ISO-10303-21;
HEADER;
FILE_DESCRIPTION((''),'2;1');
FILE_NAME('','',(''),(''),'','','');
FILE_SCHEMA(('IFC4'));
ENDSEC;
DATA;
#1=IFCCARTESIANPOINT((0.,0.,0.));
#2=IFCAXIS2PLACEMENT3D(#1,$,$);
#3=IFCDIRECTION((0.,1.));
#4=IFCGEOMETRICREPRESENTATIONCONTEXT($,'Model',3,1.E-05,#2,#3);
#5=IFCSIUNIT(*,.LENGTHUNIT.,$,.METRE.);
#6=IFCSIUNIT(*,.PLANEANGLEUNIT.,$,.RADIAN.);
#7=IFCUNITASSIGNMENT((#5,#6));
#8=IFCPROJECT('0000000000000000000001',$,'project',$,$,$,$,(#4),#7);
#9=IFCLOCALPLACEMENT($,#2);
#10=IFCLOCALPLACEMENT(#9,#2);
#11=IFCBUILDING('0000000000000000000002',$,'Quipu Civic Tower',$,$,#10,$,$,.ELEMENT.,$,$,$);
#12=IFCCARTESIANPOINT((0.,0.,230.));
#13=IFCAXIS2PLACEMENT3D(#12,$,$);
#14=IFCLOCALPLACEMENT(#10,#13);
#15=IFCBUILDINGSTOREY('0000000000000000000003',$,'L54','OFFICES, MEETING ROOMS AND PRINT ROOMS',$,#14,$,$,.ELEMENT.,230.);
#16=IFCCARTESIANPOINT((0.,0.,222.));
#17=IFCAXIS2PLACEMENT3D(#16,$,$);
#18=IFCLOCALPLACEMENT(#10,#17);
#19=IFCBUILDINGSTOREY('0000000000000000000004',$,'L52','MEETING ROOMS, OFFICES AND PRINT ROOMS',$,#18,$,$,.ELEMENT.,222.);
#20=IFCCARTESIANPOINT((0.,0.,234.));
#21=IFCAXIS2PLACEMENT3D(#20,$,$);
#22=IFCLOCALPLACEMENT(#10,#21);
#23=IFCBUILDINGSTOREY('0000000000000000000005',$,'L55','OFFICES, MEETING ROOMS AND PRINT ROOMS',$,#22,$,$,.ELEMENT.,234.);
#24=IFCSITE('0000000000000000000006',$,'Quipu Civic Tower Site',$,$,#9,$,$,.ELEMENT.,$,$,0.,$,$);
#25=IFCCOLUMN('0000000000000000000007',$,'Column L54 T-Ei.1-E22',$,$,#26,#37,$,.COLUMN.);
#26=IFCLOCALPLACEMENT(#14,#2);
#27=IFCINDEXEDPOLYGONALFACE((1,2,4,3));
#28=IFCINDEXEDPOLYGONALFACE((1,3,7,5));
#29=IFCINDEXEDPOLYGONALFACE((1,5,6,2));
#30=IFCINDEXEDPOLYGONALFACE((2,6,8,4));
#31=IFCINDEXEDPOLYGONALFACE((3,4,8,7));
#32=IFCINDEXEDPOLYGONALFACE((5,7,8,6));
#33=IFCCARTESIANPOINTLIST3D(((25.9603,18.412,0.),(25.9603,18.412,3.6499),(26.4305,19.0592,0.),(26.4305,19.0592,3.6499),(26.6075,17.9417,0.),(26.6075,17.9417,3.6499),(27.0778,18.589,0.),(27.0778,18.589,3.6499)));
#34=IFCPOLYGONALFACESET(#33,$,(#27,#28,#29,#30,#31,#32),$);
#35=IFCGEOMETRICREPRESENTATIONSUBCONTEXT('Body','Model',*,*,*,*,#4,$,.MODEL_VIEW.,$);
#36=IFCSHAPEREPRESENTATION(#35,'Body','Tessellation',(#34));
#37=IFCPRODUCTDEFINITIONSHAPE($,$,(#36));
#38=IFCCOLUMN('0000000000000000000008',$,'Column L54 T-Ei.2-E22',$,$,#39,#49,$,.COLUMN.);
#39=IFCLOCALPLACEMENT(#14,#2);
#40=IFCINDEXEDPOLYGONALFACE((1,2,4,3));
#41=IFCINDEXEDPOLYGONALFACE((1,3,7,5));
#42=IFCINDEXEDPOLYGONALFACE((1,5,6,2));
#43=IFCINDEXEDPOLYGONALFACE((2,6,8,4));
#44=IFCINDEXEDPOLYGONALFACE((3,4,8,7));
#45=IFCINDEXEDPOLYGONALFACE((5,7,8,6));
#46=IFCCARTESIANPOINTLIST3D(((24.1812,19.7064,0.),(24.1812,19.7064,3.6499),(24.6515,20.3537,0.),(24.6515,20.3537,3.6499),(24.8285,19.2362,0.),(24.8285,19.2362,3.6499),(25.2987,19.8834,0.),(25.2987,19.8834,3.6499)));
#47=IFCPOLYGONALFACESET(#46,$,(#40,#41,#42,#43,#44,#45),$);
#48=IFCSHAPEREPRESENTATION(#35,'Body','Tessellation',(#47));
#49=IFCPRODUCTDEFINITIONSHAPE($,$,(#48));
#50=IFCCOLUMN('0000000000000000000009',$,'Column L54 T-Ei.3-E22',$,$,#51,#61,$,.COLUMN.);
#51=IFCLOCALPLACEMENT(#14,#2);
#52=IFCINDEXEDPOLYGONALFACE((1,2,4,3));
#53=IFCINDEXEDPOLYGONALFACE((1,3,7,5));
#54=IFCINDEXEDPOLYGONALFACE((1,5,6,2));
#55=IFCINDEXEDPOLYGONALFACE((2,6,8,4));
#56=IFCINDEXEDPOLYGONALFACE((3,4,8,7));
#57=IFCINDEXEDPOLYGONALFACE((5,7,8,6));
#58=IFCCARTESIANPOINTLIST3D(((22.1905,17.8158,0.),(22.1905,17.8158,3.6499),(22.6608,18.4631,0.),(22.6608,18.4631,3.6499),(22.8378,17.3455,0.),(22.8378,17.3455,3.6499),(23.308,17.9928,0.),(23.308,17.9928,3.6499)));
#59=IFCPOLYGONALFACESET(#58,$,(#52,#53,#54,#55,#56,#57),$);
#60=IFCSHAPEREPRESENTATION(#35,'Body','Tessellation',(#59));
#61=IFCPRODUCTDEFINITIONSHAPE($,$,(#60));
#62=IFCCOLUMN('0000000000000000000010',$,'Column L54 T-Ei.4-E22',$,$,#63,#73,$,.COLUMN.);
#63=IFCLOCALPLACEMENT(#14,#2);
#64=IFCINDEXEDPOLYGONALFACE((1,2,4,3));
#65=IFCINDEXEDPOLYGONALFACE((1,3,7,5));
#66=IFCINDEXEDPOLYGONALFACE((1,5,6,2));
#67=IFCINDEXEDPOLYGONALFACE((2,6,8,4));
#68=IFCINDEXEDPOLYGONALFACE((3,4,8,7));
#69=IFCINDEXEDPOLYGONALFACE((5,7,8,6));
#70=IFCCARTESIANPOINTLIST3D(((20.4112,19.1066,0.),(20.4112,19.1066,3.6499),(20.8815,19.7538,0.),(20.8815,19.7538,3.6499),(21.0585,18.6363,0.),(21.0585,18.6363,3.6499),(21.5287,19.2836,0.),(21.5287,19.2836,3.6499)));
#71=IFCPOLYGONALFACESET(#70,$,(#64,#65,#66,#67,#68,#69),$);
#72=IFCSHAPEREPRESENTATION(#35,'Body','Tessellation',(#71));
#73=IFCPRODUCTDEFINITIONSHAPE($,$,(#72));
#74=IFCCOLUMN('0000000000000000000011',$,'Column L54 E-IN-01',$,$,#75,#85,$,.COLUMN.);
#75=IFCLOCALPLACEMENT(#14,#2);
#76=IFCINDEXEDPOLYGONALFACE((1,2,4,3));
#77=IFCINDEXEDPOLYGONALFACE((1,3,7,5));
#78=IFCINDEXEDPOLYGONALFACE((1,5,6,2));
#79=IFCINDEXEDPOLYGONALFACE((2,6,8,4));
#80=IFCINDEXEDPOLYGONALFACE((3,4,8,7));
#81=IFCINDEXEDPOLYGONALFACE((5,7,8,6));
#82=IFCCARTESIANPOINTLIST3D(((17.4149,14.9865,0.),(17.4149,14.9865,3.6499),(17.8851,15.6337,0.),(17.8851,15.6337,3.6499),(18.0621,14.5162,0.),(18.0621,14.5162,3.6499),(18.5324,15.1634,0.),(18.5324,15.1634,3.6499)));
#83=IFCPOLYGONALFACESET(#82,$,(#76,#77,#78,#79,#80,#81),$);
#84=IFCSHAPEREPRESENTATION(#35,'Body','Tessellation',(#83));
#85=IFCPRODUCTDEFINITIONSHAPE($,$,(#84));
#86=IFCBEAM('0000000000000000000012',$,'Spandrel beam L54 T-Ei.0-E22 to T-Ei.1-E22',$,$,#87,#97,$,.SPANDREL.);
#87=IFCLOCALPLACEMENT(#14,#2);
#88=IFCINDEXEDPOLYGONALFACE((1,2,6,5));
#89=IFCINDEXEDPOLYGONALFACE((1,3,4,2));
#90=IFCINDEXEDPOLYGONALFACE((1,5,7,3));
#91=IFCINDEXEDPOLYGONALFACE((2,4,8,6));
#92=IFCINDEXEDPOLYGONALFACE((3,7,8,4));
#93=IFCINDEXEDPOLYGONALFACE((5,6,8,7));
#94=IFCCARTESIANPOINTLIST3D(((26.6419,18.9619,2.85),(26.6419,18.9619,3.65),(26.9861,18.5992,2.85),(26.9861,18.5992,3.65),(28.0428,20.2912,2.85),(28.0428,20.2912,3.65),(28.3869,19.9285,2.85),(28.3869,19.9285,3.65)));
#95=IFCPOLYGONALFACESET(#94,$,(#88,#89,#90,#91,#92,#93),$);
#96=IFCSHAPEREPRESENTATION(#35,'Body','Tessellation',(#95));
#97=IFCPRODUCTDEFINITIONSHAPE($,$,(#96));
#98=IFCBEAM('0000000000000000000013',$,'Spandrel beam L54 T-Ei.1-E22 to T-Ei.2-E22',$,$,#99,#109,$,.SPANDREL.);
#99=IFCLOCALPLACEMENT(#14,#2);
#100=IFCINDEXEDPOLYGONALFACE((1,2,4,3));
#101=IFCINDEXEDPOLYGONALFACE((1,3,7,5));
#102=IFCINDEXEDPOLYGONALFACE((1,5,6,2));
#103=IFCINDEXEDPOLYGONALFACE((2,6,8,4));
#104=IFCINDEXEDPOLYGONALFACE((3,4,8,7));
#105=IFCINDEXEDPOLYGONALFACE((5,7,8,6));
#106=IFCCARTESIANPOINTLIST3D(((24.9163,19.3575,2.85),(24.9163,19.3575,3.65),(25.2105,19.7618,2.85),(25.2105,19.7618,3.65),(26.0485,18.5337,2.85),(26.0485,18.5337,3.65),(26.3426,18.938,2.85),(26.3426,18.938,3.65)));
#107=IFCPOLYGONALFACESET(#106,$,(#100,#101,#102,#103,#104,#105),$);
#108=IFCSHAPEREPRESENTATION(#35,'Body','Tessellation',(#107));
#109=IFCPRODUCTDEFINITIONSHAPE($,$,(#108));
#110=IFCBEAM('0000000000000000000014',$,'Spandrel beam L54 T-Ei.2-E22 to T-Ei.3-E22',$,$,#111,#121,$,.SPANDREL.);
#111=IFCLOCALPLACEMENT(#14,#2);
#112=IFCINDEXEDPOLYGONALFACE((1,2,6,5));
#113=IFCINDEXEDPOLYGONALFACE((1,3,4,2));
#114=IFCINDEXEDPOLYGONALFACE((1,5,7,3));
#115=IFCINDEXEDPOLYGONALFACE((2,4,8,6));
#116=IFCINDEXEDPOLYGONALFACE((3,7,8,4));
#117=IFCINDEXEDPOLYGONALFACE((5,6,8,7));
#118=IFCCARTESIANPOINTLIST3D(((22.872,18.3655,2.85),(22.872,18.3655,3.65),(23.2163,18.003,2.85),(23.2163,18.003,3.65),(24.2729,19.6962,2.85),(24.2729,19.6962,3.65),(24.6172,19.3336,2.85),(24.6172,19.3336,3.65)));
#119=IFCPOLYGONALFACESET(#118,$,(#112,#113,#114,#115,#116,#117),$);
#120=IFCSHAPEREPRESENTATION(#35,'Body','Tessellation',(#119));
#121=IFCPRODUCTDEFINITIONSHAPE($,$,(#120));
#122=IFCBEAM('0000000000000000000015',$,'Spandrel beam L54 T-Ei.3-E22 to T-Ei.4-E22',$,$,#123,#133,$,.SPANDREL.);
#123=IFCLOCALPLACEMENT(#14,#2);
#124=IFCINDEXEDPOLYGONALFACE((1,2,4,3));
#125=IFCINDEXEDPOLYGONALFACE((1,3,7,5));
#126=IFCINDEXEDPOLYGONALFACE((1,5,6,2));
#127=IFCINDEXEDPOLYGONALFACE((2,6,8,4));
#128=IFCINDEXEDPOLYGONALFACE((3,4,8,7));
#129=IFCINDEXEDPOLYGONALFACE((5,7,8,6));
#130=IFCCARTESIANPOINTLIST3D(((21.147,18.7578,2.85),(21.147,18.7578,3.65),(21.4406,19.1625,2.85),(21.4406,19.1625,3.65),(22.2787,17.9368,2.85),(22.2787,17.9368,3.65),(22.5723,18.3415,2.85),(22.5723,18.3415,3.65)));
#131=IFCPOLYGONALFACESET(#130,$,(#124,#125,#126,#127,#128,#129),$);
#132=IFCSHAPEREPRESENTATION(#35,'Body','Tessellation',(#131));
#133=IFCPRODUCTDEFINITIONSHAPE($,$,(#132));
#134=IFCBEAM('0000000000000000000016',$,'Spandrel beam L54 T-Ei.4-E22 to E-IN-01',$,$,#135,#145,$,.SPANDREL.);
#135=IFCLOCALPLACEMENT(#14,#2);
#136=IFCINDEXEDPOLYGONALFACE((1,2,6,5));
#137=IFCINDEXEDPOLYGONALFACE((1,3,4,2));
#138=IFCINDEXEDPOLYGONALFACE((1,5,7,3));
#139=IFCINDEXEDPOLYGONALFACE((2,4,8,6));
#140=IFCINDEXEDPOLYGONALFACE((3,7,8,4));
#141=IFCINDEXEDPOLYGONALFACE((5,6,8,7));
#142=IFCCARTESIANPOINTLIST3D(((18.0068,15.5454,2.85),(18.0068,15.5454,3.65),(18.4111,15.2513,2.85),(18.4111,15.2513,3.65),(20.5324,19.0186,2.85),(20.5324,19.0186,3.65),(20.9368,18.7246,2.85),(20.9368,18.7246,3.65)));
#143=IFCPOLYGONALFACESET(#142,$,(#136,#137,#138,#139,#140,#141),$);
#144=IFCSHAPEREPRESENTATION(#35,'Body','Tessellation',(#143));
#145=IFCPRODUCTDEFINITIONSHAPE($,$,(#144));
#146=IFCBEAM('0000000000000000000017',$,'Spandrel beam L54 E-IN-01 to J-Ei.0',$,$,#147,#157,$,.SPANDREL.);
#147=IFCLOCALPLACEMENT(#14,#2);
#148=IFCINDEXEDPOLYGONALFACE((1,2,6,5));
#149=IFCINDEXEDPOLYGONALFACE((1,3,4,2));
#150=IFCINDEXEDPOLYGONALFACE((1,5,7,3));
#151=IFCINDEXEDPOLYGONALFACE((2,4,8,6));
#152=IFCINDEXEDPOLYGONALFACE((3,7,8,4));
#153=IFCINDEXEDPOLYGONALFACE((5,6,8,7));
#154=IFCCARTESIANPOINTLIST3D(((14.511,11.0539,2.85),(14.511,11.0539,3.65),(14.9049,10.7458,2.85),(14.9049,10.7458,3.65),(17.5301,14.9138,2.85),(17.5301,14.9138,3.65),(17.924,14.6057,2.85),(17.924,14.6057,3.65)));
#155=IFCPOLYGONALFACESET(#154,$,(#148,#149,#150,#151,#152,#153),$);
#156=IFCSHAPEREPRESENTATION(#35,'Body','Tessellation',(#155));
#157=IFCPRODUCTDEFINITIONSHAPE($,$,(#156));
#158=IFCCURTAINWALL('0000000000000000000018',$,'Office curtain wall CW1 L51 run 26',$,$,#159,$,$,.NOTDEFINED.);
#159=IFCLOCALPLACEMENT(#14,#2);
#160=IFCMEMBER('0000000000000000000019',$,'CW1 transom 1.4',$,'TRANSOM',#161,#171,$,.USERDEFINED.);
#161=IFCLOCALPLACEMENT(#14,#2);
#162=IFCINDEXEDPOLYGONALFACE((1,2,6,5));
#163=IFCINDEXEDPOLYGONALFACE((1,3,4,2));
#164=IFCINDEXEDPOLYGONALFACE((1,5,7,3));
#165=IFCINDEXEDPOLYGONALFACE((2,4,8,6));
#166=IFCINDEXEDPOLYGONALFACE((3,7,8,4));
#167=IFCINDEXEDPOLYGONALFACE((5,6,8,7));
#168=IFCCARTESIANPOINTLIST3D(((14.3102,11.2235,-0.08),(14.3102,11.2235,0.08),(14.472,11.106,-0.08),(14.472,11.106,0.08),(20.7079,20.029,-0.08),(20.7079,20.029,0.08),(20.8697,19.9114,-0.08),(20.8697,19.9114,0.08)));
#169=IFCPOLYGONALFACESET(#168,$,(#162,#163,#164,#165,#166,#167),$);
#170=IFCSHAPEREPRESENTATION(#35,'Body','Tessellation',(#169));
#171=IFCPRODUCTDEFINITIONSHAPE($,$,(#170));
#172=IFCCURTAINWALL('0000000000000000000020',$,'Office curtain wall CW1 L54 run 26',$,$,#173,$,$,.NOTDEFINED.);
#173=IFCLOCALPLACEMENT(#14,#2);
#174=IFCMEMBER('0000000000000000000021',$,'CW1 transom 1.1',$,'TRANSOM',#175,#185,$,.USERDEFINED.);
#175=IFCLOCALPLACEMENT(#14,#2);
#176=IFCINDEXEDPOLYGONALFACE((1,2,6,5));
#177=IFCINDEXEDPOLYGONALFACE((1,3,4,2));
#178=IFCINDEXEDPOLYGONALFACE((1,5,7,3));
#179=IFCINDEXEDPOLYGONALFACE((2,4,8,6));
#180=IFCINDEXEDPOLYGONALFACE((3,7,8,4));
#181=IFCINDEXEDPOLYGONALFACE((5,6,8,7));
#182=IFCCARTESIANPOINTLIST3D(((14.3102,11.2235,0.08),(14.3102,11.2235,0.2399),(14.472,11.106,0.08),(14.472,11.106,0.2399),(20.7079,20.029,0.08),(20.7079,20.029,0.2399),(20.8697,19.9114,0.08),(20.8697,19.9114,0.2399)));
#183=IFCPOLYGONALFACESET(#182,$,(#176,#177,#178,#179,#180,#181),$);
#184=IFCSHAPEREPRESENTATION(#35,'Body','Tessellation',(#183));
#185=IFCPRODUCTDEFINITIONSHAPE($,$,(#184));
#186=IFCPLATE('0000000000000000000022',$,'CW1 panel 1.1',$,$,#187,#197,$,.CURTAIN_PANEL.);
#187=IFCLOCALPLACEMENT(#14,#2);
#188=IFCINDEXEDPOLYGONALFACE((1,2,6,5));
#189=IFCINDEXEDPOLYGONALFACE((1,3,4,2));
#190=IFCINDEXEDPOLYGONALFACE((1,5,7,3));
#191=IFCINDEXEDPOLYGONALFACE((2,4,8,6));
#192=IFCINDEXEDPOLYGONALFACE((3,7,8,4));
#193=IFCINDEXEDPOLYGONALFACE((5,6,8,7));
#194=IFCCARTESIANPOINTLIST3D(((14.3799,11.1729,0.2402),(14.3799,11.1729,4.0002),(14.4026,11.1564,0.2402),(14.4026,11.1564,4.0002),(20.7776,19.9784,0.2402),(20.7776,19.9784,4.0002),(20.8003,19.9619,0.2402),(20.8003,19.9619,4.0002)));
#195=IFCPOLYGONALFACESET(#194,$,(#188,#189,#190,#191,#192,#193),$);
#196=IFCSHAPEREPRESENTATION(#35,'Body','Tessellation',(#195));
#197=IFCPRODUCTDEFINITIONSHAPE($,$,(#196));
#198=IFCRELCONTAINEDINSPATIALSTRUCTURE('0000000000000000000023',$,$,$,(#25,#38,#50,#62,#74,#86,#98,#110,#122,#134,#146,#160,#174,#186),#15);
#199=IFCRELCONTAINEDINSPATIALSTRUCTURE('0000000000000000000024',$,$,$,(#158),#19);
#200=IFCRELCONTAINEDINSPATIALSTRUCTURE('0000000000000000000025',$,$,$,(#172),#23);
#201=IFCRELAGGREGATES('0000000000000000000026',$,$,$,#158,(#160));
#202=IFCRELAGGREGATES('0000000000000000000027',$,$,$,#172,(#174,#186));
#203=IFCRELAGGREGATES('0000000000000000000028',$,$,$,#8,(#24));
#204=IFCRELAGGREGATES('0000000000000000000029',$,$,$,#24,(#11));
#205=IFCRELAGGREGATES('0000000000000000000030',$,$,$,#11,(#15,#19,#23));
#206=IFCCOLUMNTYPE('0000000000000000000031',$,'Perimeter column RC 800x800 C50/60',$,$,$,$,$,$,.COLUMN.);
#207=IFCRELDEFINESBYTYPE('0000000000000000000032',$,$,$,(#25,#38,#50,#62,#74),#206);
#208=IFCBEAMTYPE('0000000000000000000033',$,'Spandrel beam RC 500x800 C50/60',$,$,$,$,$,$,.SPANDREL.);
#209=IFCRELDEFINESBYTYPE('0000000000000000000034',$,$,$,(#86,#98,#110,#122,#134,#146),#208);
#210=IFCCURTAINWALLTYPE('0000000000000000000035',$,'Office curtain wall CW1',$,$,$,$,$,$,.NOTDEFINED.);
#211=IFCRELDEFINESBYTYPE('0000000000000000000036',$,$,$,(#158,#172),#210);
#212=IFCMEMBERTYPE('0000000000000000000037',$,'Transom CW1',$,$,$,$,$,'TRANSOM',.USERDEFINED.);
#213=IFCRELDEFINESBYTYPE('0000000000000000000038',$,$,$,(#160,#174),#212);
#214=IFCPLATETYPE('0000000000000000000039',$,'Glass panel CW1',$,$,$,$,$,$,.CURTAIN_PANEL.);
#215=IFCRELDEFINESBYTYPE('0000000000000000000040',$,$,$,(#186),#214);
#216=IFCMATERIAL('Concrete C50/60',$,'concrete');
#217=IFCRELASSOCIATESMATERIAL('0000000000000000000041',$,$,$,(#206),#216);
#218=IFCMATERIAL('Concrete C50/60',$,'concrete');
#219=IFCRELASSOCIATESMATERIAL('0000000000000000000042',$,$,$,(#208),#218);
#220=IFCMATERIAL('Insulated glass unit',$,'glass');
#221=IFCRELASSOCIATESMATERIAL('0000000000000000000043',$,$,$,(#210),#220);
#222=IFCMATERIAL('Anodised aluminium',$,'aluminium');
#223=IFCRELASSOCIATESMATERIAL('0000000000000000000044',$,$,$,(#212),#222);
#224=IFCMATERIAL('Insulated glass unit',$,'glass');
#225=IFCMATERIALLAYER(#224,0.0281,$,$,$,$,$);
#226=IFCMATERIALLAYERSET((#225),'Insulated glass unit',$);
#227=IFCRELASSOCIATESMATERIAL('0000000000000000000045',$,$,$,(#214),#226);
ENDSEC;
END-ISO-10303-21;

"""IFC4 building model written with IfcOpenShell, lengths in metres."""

from ifc_helpers import new_model, si_unit, direction, frame, origin, origin_2d, place, context, subcontext, project, spatial, rectangle, extrude, material, layer, layer_set, material_profile, profile_set, type_object, element, aggregate, save


model = new_model("IFC4")

# Units and contexts
model_context = context("Model", 3, precision=1e-05, world=origin(), true_north=direction((0.0, 1.0)))
body_context = subcontext(model_context, "Body", "Model", "MODEL_VIEW")
ifc_project = project(units=[si_unit("LENGTHUNIT", "METRE"), si_unit("PLANEANGLEUNIT", "RADIAN")], contexts=[model_context])

# Site, building, storey
site_placement = place(None, origin())
site = spatial("IfcSite", under=ifc_project, at=site_placement, Name="Quipu Civic Tower Site", CompositionType="ELEMENT", RefElevation=0.0)
building_placement = place(site_placement, origin())
building = spatial("IfcBuilding", under=site, at=building_placement, Name="Quipu Civic Tower", CompositionType="ELEMENT")
storey_1_placement = place(building_placement, frame((0.0, 0.0, 230.0)))
storey_1 = spatial("IfcBuildingStorey", under=building, at=storey_1_placement, Name="L54", Description="OFFICES, MEETING ROOMS AND PRINT ROOMS", CompositionType="ELEMENT", Elevation=230.0)

# Columns
ifc_material_1 = material(Name="Concrete C50/60", Category="concrete")
ifc_material_profile_1 = material_profile(ifc_material_1, rectangle(XDim=0.8, YDim=0.8, at=origin_2d()), Name="RC800x800")
ifc_profile_set_1 = profile_set([ifc_material_profile_1], Name="Concrete C50/60")
column_type = type_object("IfcColumnType", Name="Perimeter column RC 800x800 C50/60", PredefinedType="COLUMN", material=ifc_profile_set_1)
for number, where, z_axis, x_axis, name in (
    (1, (26.519, 18.5005, 0.0), (0.0, 0.0, 1.0), (-0.809017, 0.587785, 0.0), "Column L54 T-Ei.1-E22"),
    (2, (24.74, 19.7949, 0.0), (0.0, 0.0, 1.0), (-0.587785, -0.809017, 0.0), "Column L54 T-Ei.2-E22"),
    (3, (22.7493, 17.9043, 0.0), (0.0, 0.0, 1.0), (-0.587785, -0.809017, 0.0), "Column L54 T-Ei.3-E22"),
    (4, (20.97, 19.1951, 0.0), (0.0, 0.0, 1.0), (-0.587785, -0.809017, 0.0), "Column L54 T-Ei.4-E22"),
    (5, (17.9736, 15.075, 0.0), (0.0, 0.0, 1.0), (-0.587785, -0.809017, 0.0), "Column L54 E-IN-01"),
):
    element("IfcColumn", number, at=place(storey_1_placement, frame(where, z_axis=z_axis, x_axis=x_axis)), inside=storey_1, type_object=column_type, Name=name, PredefinedType="COLUMN", context=body_context, shape_type="SweptSolid", body=[
        extrude(rectangle(XDim=0.8, YDim=0.8, at=origin_2d()), origin(), (0.0, 0.0, 1.0), 3.6499),
    ])

# Beams
ifc_material_2 = material(Name="Concrete C50/60", Category="concrete")
ifc_material_profile_2 = material_profile(ifc_material_2, rectangle(XDim=0.5, YDim=0.8, at=origin_2d()), Name="RC500x800")
ifc_profile_set_2 = profile_set([ifc_material_profile_2], Name="Concrete C50/60")
beam_type = type_object("IfcBeamType", Name="Spandrel beam RC 500x800 C50/60", PredefinedType="SPANDREL", material=ifc_profile_set_2)
beam_1_placement = place(storey_1_placement, frame((28.2148, 20.1099, 3.25), z_axis=(-0.725384, -0.688344, 0.0), x_axis=(0.688344, -0.725384, 0.0)))
element("IfcBeam", 6, at=beam_1_placement, inside=storey_1, type_object=beam_type, Name="Spandrel beam L54 T-Ei.0-E22 to T-Ei.1-E22", PredefinedType="SPANDREL", context=body_context, shape_type="SweptSolid", body=[
    extrude(rectangle(XDim=0.5, YDim=0.8, at=origin_2d()), origin(), (0.0, 0.0, 1.0), 1.9312),
])
beam_2_placement = place(storey_1_placement, frame((26.1956, 18.7358, 3.25), z_axis=(-0.8086, 0.588358, 0.0), x_axis=(-0.588358, -0.8086, 0.0)))
element("IfcBeam", 7, at=beam_2_placement, inside=storey_1, type_object=beam_type, Name="Spandrel beam L54 T-Ei.1-E22 to T-Ei.2-E22", PredefinedType="SPANDREL", context=body_context, shape_type="SweptSolid", body=[
    extrude(rectangle(XDim=0.5, YDim=0.8, at=origin_2d()), origin(), (0.0, 0.0, 1.0), 1.4001),
])
beam_3_placement = place(storey_1_placement, frame((24.4451, 19.5149, 3.25), z_axis=(-0.725069, -0.688676, 0.0), x_axis=(0.688676, -0.725069, 0.0)))
element("IfcBeam", 8, at=beam_3_placement, inside=storey_1, type_object=beam_type, Name="Spandrel beam L54 T-Ei.2-E22 to T-Ei.3-E22", PredefinedType="SPANDREL", context=body_context, shape_type="SweptSolid", body=[
    extrude(rectangle(XDim=0.5, YDim=0.8, at=origin_2d()), origin(), (0.0, 0.0, 1.0), 1.9321),
])
beam_4_placement = place(storey_1_placement, frame((22.4255, 18.1392, 3.25), z_axis=(-0.809453, 0.587185, 0.0), x_axis=(-0.587185, -0.809453, 0.0)))
element("IfcBeam", 9, at=beam_4_placement, inside=storey_1, type_object=beam_type, Name="Spandrel beam L54 T-Ei.3-E22 to T-Ei.4-E22", PredefinedType="SPANDREL", context=body_context, shape_type="SweptSolid", body=[
    extrude(rectangle(XDim=0.5, YDim=0.8, at=origin_2d()), origin(), (0.0, 0.0, 1.0), 1.3982),
])
beam_5_placement = place(storey_1_placement, frame((20.7346, 18.8716, 3.25), z_axis=(-0.588128, -0.808768, 0.0), x_axis=(0.808768, -0.588128, 0.0)))
element("IfcBeam", 10, at=beam_5_placement, inside=storey_1, type_object=beam_type, Name="Spandrel beam L54 T-Ei.4-E22 to E-IN-01", PredefinedType="SPANDREL", context=body_context, shape_type="SweptSolid", body=[
    extrude(rectangle(XDim=0.5, YDim=0.8, at=origin_2d()), origin(), (0.0, 0.0, 1.0), 4.2944),
])
beam_6_placement = place(storey_1_placement, frame((17.7271, 14.7598, 3.25), z_axis=(-0.616091, -0.787675, 0.0), x_axis=(0.787675, -0.616091, 0.0)))
element("IfcBeam", 11, at=beam_6_placement, inside=storey_1, type_object=beam_type, Name="Spandrel beam L54 E-IN-01 to J-Ei.0", PredefinedType="SPANDREL", context=body_context, shape_type="SweptSolid", body=[
    extrude(rectangle(XDim=0.5, YDim=0.8, at=origin_2d()), origin(), (0.0, 0.0, 1.0), 4.9004),
])

# Shared definitions
storey_2_placement = place(building_placement, frame((0.0, 0.0, 222.0)))
storey_2 = spatial("IfcBuildingStorey", under=building, at=storey_2_placement, Name="L52", Description="MEETING ROOMS, OFFICES AND PRINT ROOMS", CompositionType="ELEMENT", Elevation=222.0)

# Curtain wall, member
ifc_material_3 = material(Name="Insulated glass unit", Category="glass")
curtain_wall_type = type_object("IfcCurtainWallType", Name="Office curtain wall CW1", PredefinedType="NOTDEFINED", material=ifc_material_3)
curtain_wall_1_placement = place(storey_2_placement, origin())
curtain_wall_1 = element("IfcCurtainWall", 12, at=curtain_wall_1_placement, inside=storey_2, type_object=curtain_wall_type, Name="Office curtain wall CW1 L51 run 26", PredefinedType="NOTDEFINED")
ifc_material_4 = material(Name="Anodised aluminium", Category="aluminium")
ifc_material_profile_3 = material_profile(ifc_material_4, rectangle(XDim=0.2, YDim=0.1599, at=origin_2d()), Name="RECT 200x160")
ifc_profile_set_3 = profile_set([ifc_material_profile_3], Name="Anodised aluminium")
member_type = type_object("IfcMemberType", Name="Transom CW1", ElementType="TRANSOM", PredefinedType="USERDEFINED", material=ifc_profile_set_3)
member_1_placement = place(storey_1_placement, frame((20.7888, 19.9702, 0.0), z_axis=(-0.587797, -0.809009, 0.0), x_axis=(0.809009, -0.587797, 0.0)))
member_1 = element("IfcMember", 13, at=member_1_placement, inside=storey_1, type_object=member_type, Name="CW1 transom 1.4", ObjectType="TRANSOM", PredefinedType="USERDEFINED", context=body_context, shape_type="SweptSolid", body=[
    extrude(rectangle(XDim=0.2, YDim=0.1599, at=origin_2d()), origin(), (0.0, 0.0, 1.0), 10.8843),
])
aggregate(curtain_wall_1, [member_1])

# Shared definitions
storey_3_placement = place(building_placement, frame((0.0, 0.0, 234.0)))
storey_3 = spatial("IfcBuildingStorey", under=building, at=storey_3_placement, Name="L55", Description="OFFICES, MEETING ROOMS AND PRINT ROOMS", CompositionType="ELEMENT", Elevation=234.0)

# Curtain wall, member, plate
curtain_wall_2_placement = place(storey_3_placement, origin())
curtain_wall_2 = element("IfcCurtainWall", 14, at=curtain_wall_2_placement, inside=storey_3, type_object=curtain_wall_type, Name="Office curtain wall CW1 L54 run 26", PredefinedType="NOTDEFINED")
member_2_placement = place(storey_1_placement, frame((20.7888, 19.9702, 0.1599), z_axis=(-0.587797, -0.809009, 0.0), x_axis=(0.809009, -0.587797, 0.0)))
member_2 = element("IfcMember", 15, at=member_2_placement, inside=storey_1, type_object=member_type, Name="CW1 transom 1.1", ObjectType="TRANSOM", PredefinedType="USERDEFINED", context=body_context, shape_type="SweptSolid", body=[
    extrude(rectangle(XDim=0.2, YDim=0.1599, at=origin_2d()), origin(), (0.0, 0.0, 1.0), 10.8843),
])
ifc_material_5 = material(Name="Insulated glass unit", Category="glass")
ifc_layer_1 = layer(ifc_material_5, 0.0281)
ifc_layer_set_1 = layer_set([ifc_layer_1], Name="Insulated glass unit")
plate_type_1 = type_object("IfcPlateType", Name="Glass panel CW1", PredefinedType="CURTAIN_PANEL", material=ifc_layer_set_1)
plate_placement = place(storey_1_placement, frame((17.5901, 15.5674, 0.2402), z_axis=(0.0, 0.0, 1.0), x_axis=(-0.587788, -0.809015, 0.0)))
plate = element("IfcPlate", 16, at=plate_placement, inside=storey_1, type_object=plate_type_1, Name="CW1 panel 1.1", PredefinedType="CURTAIN_PANEL", context=body_context, shape_type="SweptSolid", body=[
    extrude(rectangle(XDim=10.8843, YDim=0.0281, at=origin_2d()), origin(), (0.0, 0.0, 1.0), 3.76),
])
aggregate(curtain_wall_2, [member_2, plate])

save(model, "model.ifc")
